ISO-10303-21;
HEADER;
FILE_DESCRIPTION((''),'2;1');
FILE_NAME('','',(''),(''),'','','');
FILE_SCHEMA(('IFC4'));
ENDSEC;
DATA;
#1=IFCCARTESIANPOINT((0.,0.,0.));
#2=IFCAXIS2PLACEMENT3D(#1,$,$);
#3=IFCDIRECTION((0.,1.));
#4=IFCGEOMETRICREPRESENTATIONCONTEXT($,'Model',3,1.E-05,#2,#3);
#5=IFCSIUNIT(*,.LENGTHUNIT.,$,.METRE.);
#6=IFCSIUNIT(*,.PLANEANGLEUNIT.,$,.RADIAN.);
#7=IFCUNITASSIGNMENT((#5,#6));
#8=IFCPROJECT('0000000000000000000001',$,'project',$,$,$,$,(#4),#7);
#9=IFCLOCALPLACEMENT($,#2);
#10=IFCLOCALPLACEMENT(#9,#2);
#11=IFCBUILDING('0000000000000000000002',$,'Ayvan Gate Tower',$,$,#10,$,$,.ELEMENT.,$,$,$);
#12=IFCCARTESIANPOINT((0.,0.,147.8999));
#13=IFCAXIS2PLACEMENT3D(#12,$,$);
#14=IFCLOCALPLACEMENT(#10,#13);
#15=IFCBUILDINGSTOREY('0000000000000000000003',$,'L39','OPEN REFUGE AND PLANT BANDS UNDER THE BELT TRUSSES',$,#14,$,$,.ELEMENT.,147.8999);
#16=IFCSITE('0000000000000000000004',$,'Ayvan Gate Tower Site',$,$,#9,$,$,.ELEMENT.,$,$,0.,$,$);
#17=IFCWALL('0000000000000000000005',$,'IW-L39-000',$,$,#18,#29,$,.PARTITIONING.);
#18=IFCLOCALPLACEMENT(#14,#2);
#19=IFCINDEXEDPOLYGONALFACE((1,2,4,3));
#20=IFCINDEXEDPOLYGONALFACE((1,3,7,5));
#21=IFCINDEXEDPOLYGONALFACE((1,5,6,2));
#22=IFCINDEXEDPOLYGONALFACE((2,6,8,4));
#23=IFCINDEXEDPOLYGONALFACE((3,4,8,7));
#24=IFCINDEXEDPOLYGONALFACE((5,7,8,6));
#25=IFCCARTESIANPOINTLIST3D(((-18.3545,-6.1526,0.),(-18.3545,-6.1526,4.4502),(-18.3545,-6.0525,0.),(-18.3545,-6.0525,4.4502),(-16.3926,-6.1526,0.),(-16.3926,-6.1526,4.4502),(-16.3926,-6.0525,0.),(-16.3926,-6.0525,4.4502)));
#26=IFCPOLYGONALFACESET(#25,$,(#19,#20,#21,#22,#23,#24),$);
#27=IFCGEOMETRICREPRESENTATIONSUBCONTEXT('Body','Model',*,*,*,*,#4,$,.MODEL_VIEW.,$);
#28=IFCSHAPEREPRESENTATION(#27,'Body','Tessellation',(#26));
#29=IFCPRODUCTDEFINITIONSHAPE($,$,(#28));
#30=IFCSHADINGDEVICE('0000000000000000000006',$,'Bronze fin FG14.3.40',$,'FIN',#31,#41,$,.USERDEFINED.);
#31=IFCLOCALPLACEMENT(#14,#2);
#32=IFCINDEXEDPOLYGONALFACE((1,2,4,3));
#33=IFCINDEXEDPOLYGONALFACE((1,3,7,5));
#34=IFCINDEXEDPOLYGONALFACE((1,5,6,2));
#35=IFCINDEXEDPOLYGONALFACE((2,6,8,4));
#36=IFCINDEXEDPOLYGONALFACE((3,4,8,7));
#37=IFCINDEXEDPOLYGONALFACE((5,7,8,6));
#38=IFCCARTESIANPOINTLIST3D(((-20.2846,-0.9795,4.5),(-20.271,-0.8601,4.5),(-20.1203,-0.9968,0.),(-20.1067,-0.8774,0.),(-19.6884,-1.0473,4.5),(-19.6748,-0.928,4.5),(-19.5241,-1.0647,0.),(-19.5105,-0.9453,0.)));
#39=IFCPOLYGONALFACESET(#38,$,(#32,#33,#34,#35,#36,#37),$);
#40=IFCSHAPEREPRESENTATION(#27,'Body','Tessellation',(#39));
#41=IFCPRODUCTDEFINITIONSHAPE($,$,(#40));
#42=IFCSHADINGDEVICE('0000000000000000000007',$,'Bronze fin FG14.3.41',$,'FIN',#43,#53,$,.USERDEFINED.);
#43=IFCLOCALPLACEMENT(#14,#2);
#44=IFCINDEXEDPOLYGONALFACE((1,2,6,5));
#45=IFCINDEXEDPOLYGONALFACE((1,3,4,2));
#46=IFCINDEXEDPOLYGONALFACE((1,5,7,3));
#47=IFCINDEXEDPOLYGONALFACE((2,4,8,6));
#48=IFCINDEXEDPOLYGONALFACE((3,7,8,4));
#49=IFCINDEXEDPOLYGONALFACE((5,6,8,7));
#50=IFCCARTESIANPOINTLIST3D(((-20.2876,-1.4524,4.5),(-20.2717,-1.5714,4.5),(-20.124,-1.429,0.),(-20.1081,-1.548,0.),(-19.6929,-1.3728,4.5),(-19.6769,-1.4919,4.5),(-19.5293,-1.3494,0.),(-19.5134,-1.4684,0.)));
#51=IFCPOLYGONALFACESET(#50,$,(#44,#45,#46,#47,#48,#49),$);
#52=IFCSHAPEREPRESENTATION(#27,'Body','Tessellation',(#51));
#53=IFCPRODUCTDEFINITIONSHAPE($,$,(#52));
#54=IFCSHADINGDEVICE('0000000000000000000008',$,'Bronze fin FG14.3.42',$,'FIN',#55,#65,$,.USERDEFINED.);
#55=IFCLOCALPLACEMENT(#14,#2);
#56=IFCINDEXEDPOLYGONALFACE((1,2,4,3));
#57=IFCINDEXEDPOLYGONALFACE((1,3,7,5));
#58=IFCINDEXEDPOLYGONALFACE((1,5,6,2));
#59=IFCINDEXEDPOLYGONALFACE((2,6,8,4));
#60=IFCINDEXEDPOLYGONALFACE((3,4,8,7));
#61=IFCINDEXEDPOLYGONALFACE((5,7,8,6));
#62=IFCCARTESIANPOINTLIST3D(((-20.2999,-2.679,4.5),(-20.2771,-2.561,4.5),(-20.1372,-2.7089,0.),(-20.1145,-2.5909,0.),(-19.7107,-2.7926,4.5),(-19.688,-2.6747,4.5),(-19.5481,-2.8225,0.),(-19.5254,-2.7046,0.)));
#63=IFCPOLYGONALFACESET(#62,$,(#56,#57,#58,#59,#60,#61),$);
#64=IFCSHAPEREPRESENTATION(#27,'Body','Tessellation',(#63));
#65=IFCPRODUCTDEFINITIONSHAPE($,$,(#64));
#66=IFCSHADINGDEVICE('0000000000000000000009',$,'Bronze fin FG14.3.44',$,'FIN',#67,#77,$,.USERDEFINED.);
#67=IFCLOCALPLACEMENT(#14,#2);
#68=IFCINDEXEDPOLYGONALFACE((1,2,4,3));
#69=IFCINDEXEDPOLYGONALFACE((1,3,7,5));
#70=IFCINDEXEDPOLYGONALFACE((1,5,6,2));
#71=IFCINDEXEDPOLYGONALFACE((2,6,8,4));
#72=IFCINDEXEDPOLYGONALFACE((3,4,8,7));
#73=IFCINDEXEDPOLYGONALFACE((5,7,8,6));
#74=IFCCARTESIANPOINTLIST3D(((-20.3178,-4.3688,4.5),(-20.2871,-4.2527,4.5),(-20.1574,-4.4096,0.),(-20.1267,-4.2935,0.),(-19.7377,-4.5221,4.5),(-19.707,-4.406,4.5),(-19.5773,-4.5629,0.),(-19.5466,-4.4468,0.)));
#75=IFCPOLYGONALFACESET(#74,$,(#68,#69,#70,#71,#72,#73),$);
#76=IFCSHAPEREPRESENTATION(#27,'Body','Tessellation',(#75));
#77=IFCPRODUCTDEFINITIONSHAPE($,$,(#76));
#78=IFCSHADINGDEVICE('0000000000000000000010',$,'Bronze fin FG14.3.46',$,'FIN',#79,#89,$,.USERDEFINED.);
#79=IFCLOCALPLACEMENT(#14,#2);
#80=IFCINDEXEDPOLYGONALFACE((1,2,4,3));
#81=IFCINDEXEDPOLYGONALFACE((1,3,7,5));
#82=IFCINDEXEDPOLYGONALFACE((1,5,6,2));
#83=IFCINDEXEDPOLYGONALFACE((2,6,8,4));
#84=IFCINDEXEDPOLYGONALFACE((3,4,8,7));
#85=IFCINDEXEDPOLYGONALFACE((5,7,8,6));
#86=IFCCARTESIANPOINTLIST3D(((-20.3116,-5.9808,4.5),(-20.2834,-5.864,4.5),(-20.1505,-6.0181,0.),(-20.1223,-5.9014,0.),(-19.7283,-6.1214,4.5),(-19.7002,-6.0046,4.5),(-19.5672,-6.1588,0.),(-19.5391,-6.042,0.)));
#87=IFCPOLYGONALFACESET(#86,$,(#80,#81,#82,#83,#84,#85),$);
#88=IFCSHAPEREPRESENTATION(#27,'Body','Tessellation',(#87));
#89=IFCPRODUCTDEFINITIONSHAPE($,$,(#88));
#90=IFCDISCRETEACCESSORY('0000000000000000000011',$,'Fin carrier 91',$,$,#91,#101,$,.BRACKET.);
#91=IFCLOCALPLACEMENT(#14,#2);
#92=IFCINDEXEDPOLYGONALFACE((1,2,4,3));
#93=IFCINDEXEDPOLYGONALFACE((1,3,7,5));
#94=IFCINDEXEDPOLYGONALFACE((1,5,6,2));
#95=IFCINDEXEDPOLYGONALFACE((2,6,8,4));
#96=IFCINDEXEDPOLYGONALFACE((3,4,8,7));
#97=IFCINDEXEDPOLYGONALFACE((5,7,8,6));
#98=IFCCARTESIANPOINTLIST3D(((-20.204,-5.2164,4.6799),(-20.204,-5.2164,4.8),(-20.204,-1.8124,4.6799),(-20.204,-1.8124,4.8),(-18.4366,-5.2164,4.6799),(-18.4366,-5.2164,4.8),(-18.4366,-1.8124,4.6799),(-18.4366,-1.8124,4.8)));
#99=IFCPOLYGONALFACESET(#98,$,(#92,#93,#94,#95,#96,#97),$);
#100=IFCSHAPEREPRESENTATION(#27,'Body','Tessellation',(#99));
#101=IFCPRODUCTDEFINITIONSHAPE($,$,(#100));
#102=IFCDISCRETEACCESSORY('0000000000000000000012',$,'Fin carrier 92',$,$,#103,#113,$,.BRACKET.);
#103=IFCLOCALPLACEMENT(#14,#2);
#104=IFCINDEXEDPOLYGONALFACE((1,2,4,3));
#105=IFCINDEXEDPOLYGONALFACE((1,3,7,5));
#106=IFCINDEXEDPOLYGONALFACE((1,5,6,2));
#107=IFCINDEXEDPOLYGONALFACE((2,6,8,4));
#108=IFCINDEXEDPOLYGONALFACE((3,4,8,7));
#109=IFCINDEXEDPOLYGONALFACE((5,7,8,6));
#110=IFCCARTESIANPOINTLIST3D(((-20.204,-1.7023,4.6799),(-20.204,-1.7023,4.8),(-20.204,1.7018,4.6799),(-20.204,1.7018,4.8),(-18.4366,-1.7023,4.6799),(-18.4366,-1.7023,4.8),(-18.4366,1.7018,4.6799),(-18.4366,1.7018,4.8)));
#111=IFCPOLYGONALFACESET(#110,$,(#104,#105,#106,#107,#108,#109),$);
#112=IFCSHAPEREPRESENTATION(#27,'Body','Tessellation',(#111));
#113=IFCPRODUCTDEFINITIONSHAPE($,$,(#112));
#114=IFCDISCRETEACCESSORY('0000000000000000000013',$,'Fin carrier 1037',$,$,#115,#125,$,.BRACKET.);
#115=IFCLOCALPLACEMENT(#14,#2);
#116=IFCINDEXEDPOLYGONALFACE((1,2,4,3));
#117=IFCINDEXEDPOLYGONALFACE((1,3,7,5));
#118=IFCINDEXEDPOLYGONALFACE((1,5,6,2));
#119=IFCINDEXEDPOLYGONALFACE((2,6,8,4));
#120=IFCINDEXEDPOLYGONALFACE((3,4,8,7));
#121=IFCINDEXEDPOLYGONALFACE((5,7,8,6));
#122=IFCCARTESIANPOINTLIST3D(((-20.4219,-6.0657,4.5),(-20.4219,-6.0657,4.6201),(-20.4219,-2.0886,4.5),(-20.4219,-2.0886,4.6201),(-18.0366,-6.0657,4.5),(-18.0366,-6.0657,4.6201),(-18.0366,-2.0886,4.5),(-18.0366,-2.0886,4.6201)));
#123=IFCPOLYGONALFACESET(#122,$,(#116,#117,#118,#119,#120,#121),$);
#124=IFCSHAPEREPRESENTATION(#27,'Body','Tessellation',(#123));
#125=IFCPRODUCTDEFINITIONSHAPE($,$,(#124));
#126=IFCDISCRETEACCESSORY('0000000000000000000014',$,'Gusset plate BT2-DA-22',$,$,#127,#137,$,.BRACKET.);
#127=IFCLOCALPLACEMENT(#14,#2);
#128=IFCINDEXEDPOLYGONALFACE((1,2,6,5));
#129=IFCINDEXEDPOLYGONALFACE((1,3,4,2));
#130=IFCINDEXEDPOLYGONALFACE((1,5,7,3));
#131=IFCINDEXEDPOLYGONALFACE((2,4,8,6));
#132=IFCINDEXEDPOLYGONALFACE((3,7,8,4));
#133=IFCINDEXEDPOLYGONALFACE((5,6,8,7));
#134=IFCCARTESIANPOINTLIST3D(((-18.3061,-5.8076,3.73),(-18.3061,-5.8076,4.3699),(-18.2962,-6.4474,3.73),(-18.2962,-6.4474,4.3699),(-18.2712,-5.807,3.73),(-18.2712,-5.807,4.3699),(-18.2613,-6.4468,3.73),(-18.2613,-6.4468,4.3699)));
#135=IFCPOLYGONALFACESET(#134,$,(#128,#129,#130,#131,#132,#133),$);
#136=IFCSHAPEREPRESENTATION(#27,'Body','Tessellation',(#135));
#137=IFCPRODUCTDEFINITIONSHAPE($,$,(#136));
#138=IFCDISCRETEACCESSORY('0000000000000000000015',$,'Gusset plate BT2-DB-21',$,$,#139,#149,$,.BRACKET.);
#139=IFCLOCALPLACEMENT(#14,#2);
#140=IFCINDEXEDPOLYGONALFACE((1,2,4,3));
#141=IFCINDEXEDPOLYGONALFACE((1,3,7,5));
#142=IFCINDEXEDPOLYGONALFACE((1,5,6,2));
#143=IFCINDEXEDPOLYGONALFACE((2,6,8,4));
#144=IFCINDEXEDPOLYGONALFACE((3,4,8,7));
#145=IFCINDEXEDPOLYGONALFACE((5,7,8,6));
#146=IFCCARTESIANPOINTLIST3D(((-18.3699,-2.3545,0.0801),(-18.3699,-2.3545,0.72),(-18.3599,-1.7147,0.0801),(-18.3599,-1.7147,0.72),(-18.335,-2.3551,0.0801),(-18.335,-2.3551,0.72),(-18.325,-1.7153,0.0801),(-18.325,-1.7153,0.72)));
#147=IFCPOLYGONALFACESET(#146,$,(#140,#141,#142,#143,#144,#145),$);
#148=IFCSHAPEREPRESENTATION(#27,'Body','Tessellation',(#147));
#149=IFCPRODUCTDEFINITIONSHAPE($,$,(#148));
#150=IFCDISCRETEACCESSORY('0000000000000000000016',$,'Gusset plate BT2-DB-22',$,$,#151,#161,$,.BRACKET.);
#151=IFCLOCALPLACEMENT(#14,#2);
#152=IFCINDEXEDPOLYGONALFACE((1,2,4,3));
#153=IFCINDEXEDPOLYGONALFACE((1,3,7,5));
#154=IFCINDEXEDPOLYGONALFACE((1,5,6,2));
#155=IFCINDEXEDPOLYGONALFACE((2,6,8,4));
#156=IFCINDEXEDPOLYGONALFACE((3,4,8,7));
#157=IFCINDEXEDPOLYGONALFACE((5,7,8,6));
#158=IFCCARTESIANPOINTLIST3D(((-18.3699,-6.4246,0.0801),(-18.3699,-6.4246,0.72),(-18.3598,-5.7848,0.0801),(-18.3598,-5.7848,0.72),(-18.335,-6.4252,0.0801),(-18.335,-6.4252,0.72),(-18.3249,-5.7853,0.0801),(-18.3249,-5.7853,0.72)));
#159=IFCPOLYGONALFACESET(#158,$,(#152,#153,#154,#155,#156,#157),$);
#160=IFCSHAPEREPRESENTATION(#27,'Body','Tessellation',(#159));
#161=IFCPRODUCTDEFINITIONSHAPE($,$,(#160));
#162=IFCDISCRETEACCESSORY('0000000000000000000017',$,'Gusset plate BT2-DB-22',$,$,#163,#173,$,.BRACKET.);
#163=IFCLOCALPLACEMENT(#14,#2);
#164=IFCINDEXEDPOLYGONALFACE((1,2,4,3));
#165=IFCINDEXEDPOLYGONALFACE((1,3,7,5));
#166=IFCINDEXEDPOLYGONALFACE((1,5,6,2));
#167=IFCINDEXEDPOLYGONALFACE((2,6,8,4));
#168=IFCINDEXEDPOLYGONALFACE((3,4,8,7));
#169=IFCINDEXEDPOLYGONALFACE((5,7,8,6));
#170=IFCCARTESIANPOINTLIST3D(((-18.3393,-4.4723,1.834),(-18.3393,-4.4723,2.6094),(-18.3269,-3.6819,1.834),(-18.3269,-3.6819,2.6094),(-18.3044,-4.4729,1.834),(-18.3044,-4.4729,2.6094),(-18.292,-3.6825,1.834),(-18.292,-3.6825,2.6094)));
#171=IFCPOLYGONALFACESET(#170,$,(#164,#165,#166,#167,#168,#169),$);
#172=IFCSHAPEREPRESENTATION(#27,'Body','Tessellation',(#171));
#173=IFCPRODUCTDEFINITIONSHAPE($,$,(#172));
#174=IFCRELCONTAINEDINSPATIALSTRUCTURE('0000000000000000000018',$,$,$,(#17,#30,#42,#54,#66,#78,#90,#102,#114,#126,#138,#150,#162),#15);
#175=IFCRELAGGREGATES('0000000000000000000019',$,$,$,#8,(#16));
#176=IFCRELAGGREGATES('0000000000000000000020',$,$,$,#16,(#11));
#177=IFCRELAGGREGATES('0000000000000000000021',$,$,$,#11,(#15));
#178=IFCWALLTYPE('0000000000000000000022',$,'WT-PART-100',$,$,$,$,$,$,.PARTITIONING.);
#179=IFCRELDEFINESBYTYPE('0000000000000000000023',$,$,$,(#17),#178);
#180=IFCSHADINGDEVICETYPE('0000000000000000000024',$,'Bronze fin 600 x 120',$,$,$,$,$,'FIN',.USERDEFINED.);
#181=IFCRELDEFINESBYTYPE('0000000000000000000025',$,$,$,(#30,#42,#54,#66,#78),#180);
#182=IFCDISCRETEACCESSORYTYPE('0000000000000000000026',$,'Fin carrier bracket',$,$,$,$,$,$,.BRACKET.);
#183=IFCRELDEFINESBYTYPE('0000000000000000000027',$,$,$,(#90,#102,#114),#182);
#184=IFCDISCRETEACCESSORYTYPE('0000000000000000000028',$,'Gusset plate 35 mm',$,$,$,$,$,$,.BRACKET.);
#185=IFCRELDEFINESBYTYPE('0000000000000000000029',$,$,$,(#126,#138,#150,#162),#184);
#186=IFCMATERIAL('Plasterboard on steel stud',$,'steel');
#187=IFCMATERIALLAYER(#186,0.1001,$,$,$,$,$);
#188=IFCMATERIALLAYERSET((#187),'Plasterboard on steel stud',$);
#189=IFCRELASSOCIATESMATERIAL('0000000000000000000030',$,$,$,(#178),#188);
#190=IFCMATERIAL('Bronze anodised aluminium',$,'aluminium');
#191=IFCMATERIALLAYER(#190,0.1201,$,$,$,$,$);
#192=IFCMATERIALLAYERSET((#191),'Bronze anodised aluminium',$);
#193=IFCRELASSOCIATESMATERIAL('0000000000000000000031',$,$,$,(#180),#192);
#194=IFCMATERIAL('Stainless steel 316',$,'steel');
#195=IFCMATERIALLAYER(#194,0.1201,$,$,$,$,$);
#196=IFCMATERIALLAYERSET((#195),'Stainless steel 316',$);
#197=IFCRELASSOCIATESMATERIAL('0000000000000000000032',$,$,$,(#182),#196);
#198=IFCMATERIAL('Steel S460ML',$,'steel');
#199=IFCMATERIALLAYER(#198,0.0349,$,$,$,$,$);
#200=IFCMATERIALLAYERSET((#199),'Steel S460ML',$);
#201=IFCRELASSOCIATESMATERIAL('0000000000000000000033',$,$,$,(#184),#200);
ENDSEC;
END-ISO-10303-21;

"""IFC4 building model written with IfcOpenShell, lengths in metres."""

from ifc_helpers import new_model, si_unit, direction, frame, frame_2d, origin, origin_2d, place, context, subcontext, project, spatial, polyline, rectangle, outline, extrude, material, layer, layer_set, type_object, element, save


model = new_model("IFC4")

# Units and contexts
model_context = context("Model", 3, precision=1e-05, world=origin(), true_north=direction((0.0, 1.0)))
body_context = subcontext(model_context, "Body", "Model", "MODEL_VIEW")
ifc_project = project(units=[si_unit("LENGTHUNIT", "METRE"), si_unit("PLANEANGLEUNIT", "RADIAN")], contexts=[model_context])

# Site, building, storey
site_placement = place(None, origin())
site = spatial("IfcSite", under=ifc_project, at=site_placement, Name="Ayvan Gate Tower Site", CompositionType="ELEMENT", RefElevation=0.0)
building_placement = place(site_placement, origin())
building = spatial("IfcBuilding", under=site, at=building_placement, Name="Ayvan Gate Tower", CompositionType="ELEMENT")
storey_placement = place(building_placement, frame((0.0, 0.0, 147.8999)))
storey = spatial("IfcBuildingStorey", under=building, at=storey_placement, Name="L39", Description="OPEN REFUGE AND PLANT BANDS UNDER THE BELT TRUSSES", CompositionType="ELEMENT", Elevation=147.8999)

# Shared definitions
ifc_material_1 = material(Name="Steel S460ML", Category="steel")

# Wall
ifc_material_2 = material(Name="Plasterboard on steel stud", Category="steel")
ifc_layer_1 = layer(ifc_material_2, 0.1001)
ifc_layer_set_1 = layer_set([ifc_layer_1], Name="Plasterboard on steel stud")
wall_type = type_object("IfcWallType", Name="WT-PART-100", PredefinedType="PARTITIONING", material=ifc_layer_set_1)
wall_placement = place(storey_placement, frame((-18.3545, -6.1025, 0.0), z_axis=(0.0, 0.0, 1.0), x_axis=(1.0, 0.0, 0.0)))
element("IfcWall", 1, at=wall_placement, inside=storey, type_object=wall_type, Name="IW-L39-000", PredefinedType="PARTITIONING", context=body_context, shape_type="SweptSolid", body=[
    extrude(rectangle(XDim=1.9619, YDim=0.1001, at=frame_2d((0.981, 0.0))), origin(), (0.0, 0.0, 1.0), 4.4502),
])

# Shading devices
ifc_material_3 = material(Name="Bronze anodised aluminium", Category="aluminium")
ifc_layer_2 = layer(ifc_material_3, 0.1201)
ifc_layer_set_2 = layer_set([ifc_layer_2], Name="Bronze anodised aluminium")
shading_device_type = type_object("IfcShadingDeviceType", Name="Bronze fin 600 x 120", ElementType="FIN", PredefinedType="USERDEFINED", material=ifc_layer_set_2)
shading_device_1_placement = place(storey_placement, frame((-19.5105, -0.9453, 0.0), z_axis=(0.113111, 0.993582, 0.000303), x_axis=(-0.993582, 0.113111, 0.0)))
element("IfcShadingDevice", 2, at=shading_device_1_placement, inside=storey, type_object=shading_device_type, Name="Bronze fin FG14.3.40", ObjectType="FIN", PredefinedType="USERDEFINED", context=body_context, shape_type="SweptSolid", body=[
    extrude(outline(polyline([(0.0, 0.0), (0.6, 0.0), (0.7653, 4.5), (0.1652, 4.5), (0.0, 0.0)])), origin(), (0.0, 0.0, -1.0), 0.1201),
])
shading_device_2_placement = place(storey_placement, frame((-19.5293, -1.3494, 0.0), z_axis=(-0.132643, 0.991164, 0.000341), x_axis=(-0.991164, -0.132643, 0.0)))
element("IfcShadingDevice", 3, at=shading_device_2_placement, inside=storey, type_object=shading_device_type, Name="Bronze fin FG14.3.41", ObjectType="FIN", PredefinedType="USERDEFINED", context=body_context, shape_type="SweptSolid", body=[
    extrude(outline(polyline([(0.0, 0.0), (0.6, 0.0), (0.7653, 4.5), (0.1652, 4.5), (0.0, 0.0)])), origin(), (0.0, 0.0, -1.0), 0.1201),
])
shading_device_3_placement = place(storey_placement, frame((-19.5254, -2.7046, 0.0), z_axis=(0.189421, 0.981896, 0.000319), x_axis=(-0.981896, 0.189421, 0.0)))
element("IfcShadingDevice", 4, at=shading_device_3_placement, inside=storey, type_object=shading_device_type, Name="Bronze fin FG14.3.42", ObjectType="FIN", PredefinedType="USERDEFINED", context=body_context, shape_type="SweptSolid", body=[
    extrude(outline(polyline([(0.0, 0.0), (0.6, 0.0), (0.7653, 4.5), (0.1653, 4.5), (0.0, 0.0)])), origin(), (0.0, 0.0, -1.0), 0.1201),
])
shading_device_4_placement = place(storey_placement, frame((-19.5466, -4.4468, 0.0), z_axis=(0.255535, 0.9668, 0.000349), x_axis=(-0.9668, 0.255535, 0.0)))
element("IfcShadingDevice", 5, at=shading_device_4_placement, inside=storey, type_object=shading_device_type, Name="Bronze fin FG14.3.44", ObjectType="FIN", PredefinedType="USERDEFINED", context=body_context, shape_type="SweptSolid", body=[
    extrude(outline(polyline([(0.0, 0.0), (0.6, 0.0), (0.7655, 4.5), (0.1655, 4.5), (0.0, 0.0)])), origin(), (0.0, 0.0, -1.0), 0.1201),
])
shading_device_5_placement = place(storey_placement, frame((-19.5391, -6.042, 0.0), z_axis=(0.234389, 0.972143, 0.000323), x_axis=(-0.972143, 0.234389, 0.0)))
element("IfcShadingDevice", 6, at=shading_device_5_placement, inside=storey, type_object=shading_device_type, Name="Bronze fin FG14.3.46", ObjectType="FIN", PredefinedType="USERDEFINED", context=body_context, shape_type="SweptSolid", body=[
    extrude(outline(polyline([(0.0, 0.0), (0.6, 0.0), (0.7654, 4.5), (0.1654, 4.5), (0.0, 0.0)])), origin(), (0.0, 0.0, -1.0), 0.1201),
])

# Discrete accessories
ifc_material_4 = material(Name="Stainless steel 316", Category="steel")
ifc_layer_3 = layer(ifc_material_4, 0.1201)
ifc_layer_set_3 = layer_set([ifc_layer_3], Name="Stainless steel 316")
discrete_accessory_type_1 = type_object("IfcDiscreteAccessoryType", Name="Fin carrier bracket", PredefinedType="BRACKET", material=ifc_layer_set_3)
for number, where, z_axis, x_axis, name in (
    (7, (-19.3203, -3.5144, 4.6799), (0.0, 0.0, 1.0), (0.0, -1.0, 0.0), "Fin carrier 91"),
    (8, (-19.3203, -0.0002, 4.6799), (0.0, 0.0, 1.0), (0.0, -1.0, 0.0), "Fin carrier 92"),
):
    element("IfcDiscreteAccessory", number, at=place(storey_placement, frame(where, z_axis=z_axis, x_axis=x_axis)), inside=storey, type_object=discrete_accessory_type_1, Name=name, PredefinedType="BRACKET", context=body_context, shape_type="SweptSolid", body=[
        extrude(rectangle(XDim=3.4041, YDim=1.7673, at=origin_2d()), origin(), (0.0, 0.0, 1.0), 0.1201),
    ])
discrete_accessory_1_placement = place(storey_placement, frame((-19.2292, -4.0771, 4.5), z_axis=(0.0, 0.0, 1.0), x_axis=(0.0, -1.0, 0.0)))
element("IfcDiscreteAccessory", 9, at=discrete_accessory_1_placement, inside=storey, type_object=discrete_accessory_type_1, Name="Fin carrier 1037", PredefinedType="BRACKET", context=body_context, shape_type="SweptSolid", body=[
    extrude(rectangle(XDim=3.9771, YDim=2.3853, at=origin_2d()), origin(), (0.0, 0.0, 1.0), 0.1201),
])
ifc_layer_4 = layer(ifc_material_1, 0.0349)
ifc_layer_set_4 = layer_set([ifc_layer_4], Name="Steel S460ML")
discrete_accessory_type_2 = type_object("IfcDiscreteAccessoryType", Name="Gusset plate 35 mm", PredefinedType="BRACKET", material=ifc_layer_set_4)
for number, where, z_axis, x_axis, name in (
    (10, (-18.2837, -6.1272, 3.73), (0.0, 0.0, 1.0), (-0.015568, 0.999879, 0.0), "Gusset plate BT2-DA-22"),
    (11, (-18.3474, -2.0349, 0.0801), (0.0, 0.0, 1.0), (0.015624, 0.999878, 0.0), "Gusset plate BT2-DB-21"),
    (12, (-18.3474, -6.105, 0.0801), (0.0, 0.0, 1.0), (0.015679, 0.999877, 0.0), "Gusset plate BT2-DB-22"),
):
    element("IfcDiscreteAccessory", number, at=place(storey_placement, frame(where, z_axis=z_axis, x_axis=x_axis)), inside=storey, type_object=discrete_accessory_type_2, Name=name, PredefinedType="BRACKET", context=body_context, shape_type="SweptSolid", body=[
        extrude(rectangle(XDim=0.6399, YDim=0.0349, at=origin_2d()), origin(), (0.0, 0.0, 1.0), 0.6399),
    ])
discrete_accessory_2_placement = place(storey_placement, frame((-18.3157, -4.0774, 1.834), z_axis=(0.0, 0.0, 1.0), x_axis=(0.015679, 0.999877, 0.0)))
element("IfcDiscreteAccessory", 13, at=discrete_accessory_2_placement, inside=storey, type_object=discrete_accessory_type_2, Name="Gusset plate BT2-DB-22", PredefinedType="BRACKET", context=body_context, shape_type="SweptSolid", body=[
    extrude(rectangle(XDim=0.7905, YDim=0.0349, at=origin_2d()), origin(), (0.0, 0.0, 1.0), 0.7754),
])

save(model, "model.ifc")
